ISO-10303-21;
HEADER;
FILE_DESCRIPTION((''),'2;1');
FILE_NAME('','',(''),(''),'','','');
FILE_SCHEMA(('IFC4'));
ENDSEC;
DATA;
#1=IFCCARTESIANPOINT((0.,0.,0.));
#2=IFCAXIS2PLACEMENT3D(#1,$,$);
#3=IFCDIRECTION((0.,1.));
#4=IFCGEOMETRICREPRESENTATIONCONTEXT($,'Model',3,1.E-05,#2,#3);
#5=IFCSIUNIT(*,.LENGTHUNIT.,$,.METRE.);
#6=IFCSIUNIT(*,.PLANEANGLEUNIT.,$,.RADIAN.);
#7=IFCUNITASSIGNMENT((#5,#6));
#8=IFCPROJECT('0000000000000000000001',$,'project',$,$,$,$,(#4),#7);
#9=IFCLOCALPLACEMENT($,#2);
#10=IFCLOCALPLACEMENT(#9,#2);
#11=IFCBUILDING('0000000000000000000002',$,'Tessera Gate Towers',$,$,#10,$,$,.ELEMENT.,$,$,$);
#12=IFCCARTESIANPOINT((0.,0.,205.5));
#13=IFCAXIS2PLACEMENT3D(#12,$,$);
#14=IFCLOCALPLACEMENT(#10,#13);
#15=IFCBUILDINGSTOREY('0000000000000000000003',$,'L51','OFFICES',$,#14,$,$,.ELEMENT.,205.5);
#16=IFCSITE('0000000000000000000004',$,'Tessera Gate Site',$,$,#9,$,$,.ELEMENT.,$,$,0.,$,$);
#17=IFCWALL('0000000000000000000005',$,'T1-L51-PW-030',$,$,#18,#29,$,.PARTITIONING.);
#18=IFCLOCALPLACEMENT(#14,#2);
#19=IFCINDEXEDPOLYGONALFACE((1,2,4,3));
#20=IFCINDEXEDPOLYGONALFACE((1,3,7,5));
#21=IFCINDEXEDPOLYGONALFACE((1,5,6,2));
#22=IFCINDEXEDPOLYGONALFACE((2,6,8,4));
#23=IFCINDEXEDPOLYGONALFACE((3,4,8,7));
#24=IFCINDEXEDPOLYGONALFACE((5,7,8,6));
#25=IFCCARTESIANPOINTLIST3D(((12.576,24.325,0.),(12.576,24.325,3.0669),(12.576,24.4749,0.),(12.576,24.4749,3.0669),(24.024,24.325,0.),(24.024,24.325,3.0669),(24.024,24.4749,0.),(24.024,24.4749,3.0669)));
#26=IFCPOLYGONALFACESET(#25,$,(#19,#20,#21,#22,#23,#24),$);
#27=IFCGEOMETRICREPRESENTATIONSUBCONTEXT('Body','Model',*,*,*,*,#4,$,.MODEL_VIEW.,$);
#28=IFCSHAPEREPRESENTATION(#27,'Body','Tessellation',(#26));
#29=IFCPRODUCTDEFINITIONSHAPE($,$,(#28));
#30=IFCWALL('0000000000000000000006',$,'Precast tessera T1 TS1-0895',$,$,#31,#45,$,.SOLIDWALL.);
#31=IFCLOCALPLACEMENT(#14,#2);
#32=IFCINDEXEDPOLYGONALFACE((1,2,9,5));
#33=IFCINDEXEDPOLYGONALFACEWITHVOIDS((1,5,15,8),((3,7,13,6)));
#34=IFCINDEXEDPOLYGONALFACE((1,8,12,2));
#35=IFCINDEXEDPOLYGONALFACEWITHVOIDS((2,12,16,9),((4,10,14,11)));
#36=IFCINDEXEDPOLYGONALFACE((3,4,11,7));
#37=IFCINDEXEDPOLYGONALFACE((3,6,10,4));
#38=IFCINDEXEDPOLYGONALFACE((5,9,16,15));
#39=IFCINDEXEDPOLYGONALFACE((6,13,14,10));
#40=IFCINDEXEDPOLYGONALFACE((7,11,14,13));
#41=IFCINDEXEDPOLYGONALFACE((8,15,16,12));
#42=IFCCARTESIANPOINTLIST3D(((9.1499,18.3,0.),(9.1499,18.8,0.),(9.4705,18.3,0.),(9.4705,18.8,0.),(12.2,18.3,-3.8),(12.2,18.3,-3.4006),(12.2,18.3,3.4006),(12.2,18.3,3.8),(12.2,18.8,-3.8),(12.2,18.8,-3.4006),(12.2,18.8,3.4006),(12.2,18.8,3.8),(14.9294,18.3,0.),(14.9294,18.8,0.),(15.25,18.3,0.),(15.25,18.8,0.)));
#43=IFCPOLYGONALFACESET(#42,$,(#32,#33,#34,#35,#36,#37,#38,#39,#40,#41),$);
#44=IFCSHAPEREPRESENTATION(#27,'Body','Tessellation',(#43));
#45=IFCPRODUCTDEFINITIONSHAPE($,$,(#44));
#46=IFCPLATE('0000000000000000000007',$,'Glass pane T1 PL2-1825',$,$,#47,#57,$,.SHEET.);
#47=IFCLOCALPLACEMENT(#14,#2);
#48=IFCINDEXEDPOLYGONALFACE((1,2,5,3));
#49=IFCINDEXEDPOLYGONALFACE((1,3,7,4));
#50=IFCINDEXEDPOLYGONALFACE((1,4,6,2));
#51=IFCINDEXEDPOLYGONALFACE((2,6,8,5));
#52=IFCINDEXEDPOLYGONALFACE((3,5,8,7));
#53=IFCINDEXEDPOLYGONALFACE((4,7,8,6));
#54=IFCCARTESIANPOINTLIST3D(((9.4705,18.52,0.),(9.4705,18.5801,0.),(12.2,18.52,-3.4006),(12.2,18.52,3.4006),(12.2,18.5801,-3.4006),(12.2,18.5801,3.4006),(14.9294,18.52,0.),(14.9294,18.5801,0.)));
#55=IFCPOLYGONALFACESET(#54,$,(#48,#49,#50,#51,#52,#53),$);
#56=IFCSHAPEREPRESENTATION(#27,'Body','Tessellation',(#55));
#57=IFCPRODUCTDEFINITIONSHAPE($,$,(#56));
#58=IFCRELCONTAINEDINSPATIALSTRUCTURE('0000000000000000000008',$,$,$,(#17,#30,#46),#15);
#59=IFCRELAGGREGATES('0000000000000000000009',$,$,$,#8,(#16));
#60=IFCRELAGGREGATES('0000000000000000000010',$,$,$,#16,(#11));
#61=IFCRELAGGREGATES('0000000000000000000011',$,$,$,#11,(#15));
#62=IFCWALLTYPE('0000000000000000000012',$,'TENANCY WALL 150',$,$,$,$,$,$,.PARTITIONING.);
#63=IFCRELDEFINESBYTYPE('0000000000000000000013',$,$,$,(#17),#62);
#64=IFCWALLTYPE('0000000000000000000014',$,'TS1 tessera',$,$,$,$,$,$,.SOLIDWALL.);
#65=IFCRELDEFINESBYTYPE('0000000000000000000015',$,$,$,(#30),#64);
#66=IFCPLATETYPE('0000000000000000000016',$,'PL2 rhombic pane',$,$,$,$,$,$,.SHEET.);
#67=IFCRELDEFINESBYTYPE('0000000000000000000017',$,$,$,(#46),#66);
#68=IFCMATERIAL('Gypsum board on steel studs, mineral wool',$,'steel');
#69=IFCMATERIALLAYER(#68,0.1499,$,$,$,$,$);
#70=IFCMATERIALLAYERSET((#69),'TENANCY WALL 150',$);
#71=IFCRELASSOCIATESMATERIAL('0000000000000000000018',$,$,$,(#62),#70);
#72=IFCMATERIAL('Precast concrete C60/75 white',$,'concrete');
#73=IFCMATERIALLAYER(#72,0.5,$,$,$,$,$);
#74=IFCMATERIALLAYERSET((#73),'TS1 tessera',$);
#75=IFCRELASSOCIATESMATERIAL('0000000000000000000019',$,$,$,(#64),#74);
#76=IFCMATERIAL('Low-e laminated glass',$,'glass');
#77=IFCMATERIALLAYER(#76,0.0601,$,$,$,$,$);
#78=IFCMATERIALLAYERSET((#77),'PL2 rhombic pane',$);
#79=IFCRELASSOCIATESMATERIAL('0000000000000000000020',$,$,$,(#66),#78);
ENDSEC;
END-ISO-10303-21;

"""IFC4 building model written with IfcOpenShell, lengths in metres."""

from ifc_helpers import new_model, si_unit, direction, frame, frame_2d, origin, place, context, subcontext, project, spatial, polyline, rectangle, outline, extrude, source, transform, mapped, material, layer, layer_set, type_object, element, fill, save


model = new_model("IFC4")

# Units and contexts
model_context = context("Model", 3, precision=1e-05, world=origin(), true_north=direction((0.0, 1.0)))
body_context = subcontext(model_context, "Body", "Model", "MODEL_VIEW")
ifc_project = project(units=[si_unit("LENGTHUNIT", "METRE"), si_unit("PLANEANGLEUNIT", "RADIAN")], contexts=[model_context])

# Site, building, storey
site_placement = place(None, origin())
site = spatial("IfcSite", under=ifc_project, at=site_placement, Name="Tessera Gate Site", CompositionType="ELEMENT", RefElevation=0.0)
building_placement = place(site_placement, origin())
building = spatial("IfcBuilding", under=site, at=building_placement, Name="Tessera Gate Towers", CompositionType="ELEMENT")
storey_placement = place(building_placement, frame((0.0, 0.0, 205.5)))
storey = spatial("IfcBuildingStorey", under=building, at=storey_placement, Name="L51", Description="OFFICES", CompositionType="ELEMENT", Elevation=205.5)

# Wall
ifc_material_1 = material(Name="Gypsum board on steel studs, mineral wool", Category="steel")
ifc_layer_1 = layer(ifc_material_1, 0.1499)
ifc_layer_set_1 = layer_set([ifc_layer_1], Name="TENANCY WALL 150")
wall_type_1 = type_object("IfcWallType", Name="TENANCY WALL 150", PredefinedType="PARTITIONING", material=ifc_layer_set_1)
wall_1_placement = place(storey_placement, frame((12.5759, 24.3999, 0.0), z_axis=(0.0, 0.0, 1.0), x_axis=(1.0, 0.0, 0.0)))
element("IfcWall", 1, at=wall_1_placement, inside=storey, type_object=wall_type_1, Name="T1-L51-PW-030", PredefinedType="PARTITIONING", context=body_context, shape_type="SweptSolid", body=[
    extrude(rectangle(XDim=11.448, YDim=0.1499, at=frame_2d((5.7241, 0.0))), origin(), (0.0, 0.0, 1.0), 3.0669),
])

# Wall, opening, plate
ifc_material_2 = material(Name="Precast concrete C60/75 white", Category="concrete")
ifc_layer_2 = layer(ifc_material_2, 0.5)
ifc_layer_set_2 = layer_set([ifc_layer_2], Name="TS1 tessera")
wall_type_2 = type_object("IfcWallType", Name="TS1 tessera", PredefinedType="SOLIDWALL", material=ifc_layer_set_2)
shared_shape_1 = source(origin(), body_context, "Body", "SweptSolid", [
    extrude(outline(polyline([(3.05, 0.0), (6.1001, 3.8), (3.05, 7.6001), (0.0, 3.8), (3.05, 0.0)])), frame((0.0, 0.25, 0.0), z_axis=(0.0, -1.0, 0.0), x_axis=(1.0, 0.0, 0.0)), (0.0, 0.0, 1.0), 0.5),
])
wall_2_placement = place(storey_placement, frame((9.1499, 18.55, -3.8), z_axis=(0.0, 0.0, 1.0), x_axis=(1.0, 0.0, 0.0)))
wall_2 = element("IfcWall", 2, at=wall_2_placement, inside=storey, type_object=wall_type_2, Name="Precast tessera T1 TS1-0895", PredefinedType="SOLIDWALL", context=body_context, shape_type="MappedRepresentation", body=[
    mapped(shared_shape_1, transform((0.0, 0.0, 0.0), scale=1.0)),
])
shared_shape_2 = source(origin(), body_context, "Body", "SweptSolid", [
    extrude(outline(polyline([(3.05, 0.3994), (5.7795, 3.8), (3.05, 7.2007), (0.3206, 3.8), (3.05, 0.3994)])), frame((0.0, 0.26, 0.0), z_axis=(0.0, -1.0, 0.0), x_axis=(1.0, 0.0, 0.0)), (0.0, 0.0, 1.0), 0.52),
])
opening_1_placement = place(wall_2_placement, origin())
opening_1 = element("IfcOpeningElement", 3, at=opening_1_placement, cuts=wall_2, PredefinedType="OPENING", context=body_context, shape_type="MappedRepresentation", body=[
    mapped(shared_shape_2, transform((0.0, 0.0, 0.0), scale=1.0)),
])
ifc_material_3 = material(Name="Low-e laminated glass", Category="glass")
ifc_layer_3 = layer(ifc_material_3, 0.0601)
ifc_layer_set_3 = layer_set([ifc_layer_3], Name="PL2 rhombic pane")
plate_type = type_object("IfcPlateType", Name="PL2 rhombic pane", PredefinedType="SHEET", material=ifc_layer_set_3)
shared_shape_3 = source(origin(), body_context, "Body", "SweptSolid", [
    extrude(outline(polyline([(3.05, 0.3994), (5.7795, 3.8), (3.05, 7.2007), (0.3206, 3.8), (3.05, 0.3994)])), frame((0.0, 0.03, 0.0), z_axis=(0.0, -1.0, 0.0), x_axis=(1.0, 0.0, 0.0)), (0.0, 0.0, 1.0), 0.0601),
])
plate_placement = place(opening_1_placement, origin())
plate = element("IfcPlate", 4, at=plate_placement, inside=storey, type_object=plate_type, Name="Glass pane T1 PL2-1825", PredefinedType="SHEET", context=body_context, shape_type="MappedRepresentation", body=[
    mapped(shared_shape_3, transform((0.0, 0.0, 0.0), scale=1.0)),
])
fill(opening_1, plate)

save(model, "model.ifc")
